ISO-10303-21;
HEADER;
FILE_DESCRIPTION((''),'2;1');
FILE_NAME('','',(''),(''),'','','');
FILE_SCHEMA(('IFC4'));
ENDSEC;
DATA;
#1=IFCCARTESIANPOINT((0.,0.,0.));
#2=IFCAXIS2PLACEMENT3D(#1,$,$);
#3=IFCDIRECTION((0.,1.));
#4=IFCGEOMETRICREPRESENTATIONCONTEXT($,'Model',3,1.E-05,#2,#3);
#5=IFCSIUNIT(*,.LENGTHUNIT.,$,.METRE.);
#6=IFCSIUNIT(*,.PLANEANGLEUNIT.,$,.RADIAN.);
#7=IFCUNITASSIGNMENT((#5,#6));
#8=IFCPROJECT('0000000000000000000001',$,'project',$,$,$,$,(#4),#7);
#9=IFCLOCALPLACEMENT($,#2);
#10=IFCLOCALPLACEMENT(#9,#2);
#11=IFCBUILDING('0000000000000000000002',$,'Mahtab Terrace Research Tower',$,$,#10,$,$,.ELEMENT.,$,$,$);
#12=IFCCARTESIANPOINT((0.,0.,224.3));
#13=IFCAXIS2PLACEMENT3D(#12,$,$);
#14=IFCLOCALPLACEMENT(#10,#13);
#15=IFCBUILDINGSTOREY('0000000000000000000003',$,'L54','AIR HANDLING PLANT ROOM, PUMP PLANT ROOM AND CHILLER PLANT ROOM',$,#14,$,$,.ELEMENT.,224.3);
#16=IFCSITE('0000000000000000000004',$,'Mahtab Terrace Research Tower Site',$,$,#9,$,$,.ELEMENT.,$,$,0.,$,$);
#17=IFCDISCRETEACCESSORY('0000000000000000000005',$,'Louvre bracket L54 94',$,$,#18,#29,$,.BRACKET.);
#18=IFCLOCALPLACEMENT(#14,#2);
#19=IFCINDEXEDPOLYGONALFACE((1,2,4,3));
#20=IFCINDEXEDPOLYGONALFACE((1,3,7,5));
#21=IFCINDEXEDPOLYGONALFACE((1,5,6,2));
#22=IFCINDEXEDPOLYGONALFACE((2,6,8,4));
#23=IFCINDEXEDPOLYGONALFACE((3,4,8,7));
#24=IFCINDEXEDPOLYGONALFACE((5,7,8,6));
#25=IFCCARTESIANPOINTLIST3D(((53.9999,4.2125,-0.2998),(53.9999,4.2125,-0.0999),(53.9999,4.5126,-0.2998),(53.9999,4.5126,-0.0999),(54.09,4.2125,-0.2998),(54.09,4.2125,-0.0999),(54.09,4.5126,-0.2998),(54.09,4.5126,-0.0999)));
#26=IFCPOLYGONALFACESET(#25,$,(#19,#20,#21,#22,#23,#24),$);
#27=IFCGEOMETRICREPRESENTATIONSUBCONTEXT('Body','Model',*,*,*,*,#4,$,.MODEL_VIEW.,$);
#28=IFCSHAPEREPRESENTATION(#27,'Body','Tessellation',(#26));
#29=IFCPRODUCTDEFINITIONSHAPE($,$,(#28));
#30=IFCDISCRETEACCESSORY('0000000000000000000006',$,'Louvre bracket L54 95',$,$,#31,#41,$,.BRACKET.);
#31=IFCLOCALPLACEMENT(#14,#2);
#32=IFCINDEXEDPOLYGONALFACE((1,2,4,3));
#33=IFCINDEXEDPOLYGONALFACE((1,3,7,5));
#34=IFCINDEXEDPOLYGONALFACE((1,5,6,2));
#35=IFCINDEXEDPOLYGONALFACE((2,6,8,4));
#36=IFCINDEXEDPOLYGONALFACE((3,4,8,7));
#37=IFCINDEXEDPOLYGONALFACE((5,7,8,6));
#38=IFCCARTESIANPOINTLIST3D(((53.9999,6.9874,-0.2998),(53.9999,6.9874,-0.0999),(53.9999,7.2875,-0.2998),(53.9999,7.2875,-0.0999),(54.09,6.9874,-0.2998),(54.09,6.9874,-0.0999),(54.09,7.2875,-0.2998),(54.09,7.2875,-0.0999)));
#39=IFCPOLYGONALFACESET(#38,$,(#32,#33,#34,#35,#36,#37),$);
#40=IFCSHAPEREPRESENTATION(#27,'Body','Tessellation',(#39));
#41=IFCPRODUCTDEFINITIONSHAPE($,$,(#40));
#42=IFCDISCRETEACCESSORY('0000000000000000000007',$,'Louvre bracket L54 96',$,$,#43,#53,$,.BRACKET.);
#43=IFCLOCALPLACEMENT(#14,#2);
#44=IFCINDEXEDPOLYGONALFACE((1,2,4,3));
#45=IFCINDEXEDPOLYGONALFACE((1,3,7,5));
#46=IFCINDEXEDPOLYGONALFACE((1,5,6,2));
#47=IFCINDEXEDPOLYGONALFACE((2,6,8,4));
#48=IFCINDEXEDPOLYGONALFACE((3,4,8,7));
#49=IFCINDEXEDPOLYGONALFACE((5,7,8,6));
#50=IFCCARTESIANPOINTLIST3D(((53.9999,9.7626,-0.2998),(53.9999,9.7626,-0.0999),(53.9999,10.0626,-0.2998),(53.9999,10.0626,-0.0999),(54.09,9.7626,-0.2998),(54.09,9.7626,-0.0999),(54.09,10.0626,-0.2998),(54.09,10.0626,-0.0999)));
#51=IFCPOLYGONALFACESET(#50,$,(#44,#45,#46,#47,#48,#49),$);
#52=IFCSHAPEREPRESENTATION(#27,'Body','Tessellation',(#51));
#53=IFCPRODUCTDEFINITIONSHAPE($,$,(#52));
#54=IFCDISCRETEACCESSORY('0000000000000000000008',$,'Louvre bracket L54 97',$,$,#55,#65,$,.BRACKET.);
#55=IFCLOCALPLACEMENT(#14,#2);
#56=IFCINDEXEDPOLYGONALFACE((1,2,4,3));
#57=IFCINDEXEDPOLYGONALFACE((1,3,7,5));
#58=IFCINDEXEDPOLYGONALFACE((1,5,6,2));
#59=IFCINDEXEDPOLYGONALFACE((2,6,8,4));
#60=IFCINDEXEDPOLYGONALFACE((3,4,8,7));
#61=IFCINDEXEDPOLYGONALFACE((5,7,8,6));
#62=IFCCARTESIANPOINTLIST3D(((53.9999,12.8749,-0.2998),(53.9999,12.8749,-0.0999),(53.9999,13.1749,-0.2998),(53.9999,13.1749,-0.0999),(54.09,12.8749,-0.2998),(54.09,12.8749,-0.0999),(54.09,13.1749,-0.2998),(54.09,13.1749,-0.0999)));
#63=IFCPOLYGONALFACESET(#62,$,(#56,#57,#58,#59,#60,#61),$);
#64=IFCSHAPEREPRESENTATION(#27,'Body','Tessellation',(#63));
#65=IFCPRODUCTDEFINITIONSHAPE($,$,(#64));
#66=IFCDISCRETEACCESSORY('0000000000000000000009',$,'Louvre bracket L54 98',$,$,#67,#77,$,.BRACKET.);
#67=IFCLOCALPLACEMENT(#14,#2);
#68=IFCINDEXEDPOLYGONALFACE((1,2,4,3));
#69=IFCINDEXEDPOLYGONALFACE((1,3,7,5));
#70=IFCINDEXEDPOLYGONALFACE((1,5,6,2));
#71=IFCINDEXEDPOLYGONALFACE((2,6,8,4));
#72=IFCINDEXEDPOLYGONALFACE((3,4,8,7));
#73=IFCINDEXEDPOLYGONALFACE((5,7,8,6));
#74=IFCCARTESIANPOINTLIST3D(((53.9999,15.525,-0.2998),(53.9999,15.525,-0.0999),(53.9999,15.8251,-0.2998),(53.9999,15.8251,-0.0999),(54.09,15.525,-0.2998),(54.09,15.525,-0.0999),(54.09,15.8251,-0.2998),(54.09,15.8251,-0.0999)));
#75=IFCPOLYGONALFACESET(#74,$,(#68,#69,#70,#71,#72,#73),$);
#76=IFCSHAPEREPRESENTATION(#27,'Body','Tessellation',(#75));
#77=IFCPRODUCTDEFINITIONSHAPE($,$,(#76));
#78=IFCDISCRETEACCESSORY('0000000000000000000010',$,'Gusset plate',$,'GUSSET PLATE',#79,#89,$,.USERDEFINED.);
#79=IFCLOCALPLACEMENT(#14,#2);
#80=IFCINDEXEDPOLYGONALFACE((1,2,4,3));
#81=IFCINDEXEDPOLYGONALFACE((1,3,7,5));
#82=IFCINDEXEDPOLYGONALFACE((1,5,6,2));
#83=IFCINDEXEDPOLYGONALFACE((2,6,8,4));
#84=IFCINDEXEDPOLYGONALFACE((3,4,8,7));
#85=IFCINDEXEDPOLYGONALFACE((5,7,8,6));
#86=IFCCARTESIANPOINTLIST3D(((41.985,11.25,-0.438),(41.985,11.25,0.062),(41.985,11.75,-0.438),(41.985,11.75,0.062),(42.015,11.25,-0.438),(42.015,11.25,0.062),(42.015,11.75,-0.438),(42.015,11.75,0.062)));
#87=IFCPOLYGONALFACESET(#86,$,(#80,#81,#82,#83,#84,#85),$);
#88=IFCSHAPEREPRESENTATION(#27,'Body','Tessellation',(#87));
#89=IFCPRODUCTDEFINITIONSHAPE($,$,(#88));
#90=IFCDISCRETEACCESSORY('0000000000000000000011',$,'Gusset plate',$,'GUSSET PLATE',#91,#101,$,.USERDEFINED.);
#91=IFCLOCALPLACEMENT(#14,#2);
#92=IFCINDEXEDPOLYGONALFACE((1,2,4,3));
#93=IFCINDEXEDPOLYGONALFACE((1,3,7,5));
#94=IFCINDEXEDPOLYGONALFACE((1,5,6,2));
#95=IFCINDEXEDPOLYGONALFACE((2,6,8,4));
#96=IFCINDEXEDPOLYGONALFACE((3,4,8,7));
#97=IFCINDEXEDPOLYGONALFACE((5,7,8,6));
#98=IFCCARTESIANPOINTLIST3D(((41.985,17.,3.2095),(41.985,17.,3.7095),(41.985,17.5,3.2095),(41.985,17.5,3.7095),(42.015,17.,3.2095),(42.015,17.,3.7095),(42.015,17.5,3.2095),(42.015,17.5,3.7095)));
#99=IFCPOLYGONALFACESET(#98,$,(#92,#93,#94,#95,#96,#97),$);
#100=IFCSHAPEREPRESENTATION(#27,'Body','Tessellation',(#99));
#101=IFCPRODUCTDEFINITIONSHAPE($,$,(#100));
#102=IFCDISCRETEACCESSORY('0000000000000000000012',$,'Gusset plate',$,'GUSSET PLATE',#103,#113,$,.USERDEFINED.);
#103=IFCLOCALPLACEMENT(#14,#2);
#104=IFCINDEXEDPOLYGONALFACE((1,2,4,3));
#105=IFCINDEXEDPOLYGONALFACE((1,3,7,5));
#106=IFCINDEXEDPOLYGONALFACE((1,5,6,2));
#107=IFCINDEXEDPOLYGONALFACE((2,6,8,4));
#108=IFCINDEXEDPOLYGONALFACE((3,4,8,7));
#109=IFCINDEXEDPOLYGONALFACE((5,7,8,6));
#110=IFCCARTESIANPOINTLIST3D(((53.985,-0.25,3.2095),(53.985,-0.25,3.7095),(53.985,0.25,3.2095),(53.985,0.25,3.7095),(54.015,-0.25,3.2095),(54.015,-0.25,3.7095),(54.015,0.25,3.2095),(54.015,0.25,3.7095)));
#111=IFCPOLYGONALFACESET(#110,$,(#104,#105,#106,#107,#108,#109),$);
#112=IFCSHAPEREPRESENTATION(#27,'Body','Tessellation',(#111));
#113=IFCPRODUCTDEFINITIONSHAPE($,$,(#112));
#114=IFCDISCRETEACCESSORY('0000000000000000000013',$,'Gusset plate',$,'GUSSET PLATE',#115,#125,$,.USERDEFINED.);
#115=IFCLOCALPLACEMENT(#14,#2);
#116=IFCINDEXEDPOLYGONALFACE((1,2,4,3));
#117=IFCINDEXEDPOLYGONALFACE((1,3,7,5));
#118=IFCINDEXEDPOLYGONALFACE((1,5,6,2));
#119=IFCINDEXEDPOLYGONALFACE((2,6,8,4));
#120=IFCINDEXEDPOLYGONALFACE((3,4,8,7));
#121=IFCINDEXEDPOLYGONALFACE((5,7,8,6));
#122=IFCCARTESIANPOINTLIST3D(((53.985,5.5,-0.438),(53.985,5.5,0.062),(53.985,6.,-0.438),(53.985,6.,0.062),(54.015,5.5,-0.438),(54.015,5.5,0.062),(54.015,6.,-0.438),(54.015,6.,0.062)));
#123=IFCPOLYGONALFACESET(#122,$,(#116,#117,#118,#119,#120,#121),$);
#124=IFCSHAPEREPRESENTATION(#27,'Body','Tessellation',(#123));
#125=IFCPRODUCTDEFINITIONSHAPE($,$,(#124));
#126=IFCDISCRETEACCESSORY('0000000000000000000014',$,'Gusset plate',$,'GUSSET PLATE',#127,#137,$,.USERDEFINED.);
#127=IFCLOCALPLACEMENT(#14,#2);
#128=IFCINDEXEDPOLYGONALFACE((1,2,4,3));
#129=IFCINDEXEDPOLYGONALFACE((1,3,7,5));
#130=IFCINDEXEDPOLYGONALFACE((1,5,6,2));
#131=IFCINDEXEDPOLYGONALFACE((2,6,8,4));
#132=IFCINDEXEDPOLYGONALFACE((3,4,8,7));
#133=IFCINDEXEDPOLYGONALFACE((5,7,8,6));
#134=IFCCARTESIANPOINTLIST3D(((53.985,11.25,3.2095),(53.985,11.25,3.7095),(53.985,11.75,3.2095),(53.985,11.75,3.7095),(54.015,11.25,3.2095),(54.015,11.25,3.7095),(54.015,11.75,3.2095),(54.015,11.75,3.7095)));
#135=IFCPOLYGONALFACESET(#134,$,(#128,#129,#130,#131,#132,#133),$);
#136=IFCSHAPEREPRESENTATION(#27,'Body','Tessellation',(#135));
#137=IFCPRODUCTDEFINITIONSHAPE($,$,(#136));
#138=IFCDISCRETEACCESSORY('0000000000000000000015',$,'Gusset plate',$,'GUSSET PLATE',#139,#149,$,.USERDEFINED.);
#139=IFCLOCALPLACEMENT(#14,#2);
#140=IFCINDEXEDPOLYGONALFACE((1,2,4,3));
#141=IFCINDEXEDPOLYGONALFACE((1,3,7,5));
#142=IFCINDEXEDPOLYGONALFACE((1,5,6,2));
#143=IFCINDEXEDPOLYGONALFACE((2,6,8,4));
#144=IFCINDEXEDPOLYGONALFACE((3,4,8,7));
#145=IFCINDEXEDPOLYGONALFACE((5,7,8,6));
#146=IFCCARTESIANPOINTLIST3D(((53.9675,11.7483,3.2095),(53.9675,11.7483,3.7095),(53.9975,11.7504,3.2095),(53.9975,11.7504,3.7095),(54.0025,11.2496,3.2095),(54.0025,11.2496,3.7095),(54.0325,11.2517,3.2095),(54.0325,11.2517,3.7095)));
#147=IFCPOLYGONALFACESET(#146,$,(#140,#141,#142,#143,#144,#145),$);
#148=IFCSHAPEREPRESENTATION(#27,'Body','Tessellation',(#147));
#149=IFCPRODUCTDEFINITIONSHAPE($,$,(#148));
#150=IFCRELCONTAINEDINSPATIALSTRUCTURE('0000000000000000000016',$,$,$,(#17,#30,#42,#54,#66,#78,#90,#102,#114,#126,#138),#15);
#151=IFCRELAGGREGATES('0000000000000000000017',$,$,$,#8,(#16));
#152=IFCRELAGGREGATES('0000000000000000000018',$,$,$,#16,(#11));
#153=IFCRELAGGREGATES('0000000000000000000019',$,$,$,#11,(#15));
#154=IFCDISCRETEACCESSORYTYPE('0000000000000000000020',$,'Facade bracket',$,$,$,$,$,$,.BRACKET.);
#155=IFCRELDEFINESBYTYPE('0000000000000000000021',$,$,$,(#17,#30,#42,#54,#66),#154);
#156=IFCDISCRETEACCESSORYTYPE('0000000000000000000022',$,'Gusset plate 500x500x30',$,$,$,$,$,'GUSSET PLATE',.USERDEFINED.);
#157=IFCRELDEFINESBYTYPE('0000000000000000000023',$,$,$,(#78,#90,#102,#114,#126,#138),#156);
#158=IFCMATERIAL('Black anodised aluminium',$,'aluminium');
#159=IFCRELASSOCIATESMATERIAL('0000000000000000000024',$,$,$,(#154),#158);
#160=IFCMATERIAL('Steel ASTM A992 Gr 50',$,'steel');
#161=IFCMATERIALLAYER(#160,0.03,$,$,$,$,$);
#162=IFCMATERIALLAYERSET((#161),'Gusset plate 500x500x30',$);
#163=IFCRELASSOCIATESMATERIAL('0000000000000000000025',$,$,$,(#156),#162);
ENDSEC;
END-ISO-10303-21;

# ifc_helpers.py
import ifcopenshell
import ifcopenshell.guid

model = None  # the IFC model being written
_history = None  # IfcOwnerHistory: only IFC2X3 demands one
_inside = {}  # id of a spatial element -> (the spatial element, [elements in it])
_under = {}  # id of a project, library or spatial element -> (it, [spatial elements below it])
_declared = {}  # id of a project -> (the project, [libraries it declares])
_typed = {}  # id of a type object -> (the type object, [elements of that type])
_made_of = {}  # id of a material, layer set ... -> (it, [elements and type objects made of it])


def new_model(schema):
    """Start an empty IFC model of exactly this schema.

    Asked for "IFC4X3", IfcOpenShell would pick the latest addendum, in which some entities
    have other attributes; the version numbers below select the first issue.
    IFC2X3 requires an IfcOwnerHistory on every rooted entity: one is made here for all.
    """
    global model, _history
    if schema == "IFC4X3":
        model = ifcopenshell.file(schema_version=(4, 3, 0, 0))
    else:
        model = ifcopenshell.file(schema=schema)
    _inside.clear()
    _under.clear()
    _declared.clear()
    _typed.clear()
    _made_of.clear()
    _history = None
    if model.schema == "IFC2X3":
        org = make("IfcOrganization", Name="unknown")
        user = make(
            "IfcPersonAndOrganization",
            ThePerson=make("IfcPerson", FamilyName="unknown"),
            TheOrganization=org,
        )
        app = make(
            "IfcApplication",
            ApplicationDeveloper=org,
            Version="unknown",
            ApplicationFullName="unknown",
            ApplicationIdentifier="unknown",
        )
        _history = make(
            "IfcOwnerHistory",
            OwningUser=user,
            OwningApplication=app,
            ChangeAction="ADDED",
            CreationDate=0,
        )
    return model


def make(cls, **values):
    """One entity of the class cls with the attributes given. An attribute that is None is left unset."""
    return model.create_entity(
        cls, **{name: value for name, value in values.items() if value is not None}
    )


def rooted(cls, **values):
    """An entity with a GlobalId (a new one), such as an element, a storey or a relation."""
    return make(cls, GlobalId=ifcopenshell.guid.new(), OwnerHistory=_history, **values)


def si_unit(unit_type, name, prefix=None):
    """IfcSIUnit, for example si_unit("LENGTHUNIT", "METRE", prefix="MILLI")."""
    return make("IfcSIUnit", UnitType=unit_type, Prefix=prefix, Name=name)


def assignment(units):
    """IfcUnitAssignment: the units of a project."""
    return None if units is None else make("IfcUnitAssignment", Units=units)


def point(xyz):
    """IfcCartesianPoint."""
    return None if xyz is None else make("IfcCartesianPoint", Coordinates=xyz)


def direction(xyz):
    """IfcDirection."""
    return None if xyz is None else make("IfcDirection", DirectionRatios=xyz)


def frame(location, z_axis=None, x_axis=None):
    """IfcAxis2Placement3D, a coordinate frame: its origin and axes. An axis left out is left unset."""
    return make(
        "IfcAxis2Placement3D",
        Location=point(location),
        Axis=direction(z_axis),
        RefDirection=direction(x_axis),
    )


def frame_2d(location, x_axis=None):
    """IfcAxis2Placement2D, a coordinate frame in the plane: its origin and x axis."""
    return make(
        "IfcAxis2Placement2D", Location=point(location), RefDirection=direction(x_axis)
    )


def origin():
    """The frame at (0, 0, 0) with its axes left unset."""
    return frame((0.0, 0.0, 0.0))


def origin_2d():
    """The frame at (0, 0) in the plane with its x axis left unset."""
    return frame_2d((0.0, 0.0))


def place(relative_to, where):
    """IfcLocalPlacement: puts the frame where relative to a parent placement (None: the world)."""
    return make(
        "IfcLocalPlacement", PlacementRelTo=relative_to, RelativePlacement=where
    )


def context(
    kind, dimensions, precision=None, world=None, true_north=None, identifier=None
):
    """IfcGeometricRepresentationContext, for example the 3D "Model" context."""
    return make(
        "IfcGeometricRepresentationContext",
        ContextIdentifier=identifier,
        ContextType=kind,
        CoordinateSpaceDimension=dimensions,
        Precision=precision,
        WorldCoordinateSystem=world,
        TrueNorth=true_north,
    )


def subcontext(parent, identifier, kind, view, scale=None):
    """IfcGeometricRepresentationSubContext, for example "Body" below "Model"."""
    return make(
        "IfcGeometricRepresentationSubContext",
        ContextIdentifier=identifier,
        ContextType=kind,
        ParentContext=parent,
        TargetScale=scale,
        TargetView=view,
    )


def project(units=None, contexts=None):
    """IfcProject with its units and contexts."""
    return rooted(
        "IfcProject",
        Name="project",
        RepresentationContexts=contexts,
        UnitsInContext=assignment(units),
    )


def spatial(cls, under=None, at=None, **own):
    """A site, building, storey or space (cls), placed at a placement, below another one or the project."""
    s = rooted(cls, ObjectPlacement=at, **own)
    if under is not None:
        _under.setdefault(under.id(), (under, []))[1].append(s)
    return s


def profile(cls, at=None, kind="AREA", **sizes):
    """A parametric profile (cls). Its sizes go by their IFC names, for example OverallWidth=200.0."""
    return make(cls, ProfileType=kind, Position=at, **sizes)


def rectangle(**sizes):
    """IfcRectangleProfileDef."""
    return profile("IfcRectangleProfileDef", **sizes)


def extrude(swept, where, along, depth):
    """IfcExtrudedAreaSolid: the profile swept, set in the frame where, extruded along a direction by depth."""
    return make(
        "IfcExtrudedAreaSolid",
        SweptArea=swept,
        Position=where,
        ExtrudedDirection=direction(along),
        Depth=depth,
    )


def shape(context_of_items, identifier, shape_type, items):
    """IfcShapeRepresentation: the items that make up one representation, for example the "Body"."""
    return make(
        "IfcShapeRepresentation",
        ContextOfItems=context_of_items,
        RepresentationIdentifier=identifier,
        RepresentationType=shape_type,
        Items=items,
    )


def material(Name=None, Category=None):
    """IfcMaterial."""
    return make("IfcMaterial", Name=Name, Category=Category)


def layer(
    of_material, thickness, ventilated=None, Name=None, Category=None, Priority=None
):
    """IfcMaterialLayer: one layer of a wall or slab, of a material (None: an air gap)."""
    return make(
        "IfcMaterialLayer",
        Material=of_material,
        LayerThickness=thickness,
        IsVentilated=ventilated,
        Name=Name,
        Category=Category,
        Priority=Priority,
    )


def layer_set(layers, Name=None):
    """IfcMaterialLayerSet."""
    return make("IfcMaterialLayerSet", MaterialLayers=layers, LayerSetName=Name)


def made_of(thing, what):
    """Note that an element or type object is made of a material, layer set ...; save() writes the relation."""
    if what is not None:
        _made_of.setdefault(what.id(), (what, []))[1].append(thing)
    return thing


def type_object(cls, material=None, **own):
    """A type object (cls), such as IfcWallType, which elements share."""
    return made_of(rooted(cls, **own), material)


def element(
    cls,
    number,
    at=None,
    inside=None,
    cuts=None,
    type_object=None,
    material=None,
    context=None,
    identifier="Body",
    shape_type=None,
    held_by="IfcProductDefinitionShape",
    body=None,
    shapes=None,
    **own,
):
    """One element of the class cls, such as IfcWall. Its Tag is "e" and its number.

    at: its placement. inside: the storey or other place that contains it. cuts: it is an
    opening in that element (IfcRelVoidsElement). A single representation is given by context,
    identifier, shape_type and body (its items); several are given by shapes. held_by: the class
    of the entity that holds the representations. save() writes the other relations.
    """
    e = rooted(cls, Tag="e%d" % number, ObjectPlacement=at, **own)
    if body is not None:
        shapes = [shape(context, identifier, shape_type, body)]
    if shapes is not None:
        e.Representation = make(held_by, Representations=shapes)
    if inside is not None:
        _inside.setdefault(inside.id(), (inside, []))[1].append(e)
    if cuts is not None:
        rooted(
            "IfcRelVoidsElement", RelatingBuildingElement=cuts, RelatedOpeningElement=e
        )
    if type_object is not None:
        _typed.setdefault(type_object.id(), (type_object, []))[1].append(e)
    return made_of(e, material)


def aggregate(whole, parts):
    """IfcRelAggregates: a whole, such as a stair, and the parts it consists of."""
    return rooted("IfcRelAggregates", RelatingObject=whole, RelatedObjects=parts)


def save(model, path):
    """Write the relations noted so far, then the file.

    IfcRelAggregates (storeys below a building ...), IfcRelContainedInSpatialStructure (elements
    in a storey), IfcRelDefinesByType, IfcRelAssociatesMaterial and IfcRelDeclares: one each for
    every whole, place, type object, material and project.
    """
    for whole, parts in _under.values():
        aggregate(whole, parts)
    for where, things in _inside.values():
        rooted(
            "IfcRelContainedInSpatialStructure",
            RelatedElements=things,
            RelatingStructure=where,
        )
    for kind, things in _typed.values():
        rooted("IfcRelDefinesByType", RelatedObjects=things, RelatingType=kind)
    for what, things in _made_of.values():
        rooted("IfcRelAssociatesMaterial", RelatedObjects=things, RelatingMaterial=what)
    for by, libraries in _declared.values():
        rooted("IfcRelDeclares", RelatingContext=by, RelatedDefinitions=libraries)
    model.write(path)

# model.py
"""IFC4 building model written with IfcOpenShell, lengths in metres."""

from ifc_helpers import new_model, si_unit, direction, frame, origin, origin_2d, place, context, subcontext, project, spatial, rectangle, extrude, material, layer, layer_set, type_object, element, save


model = new_model("IFC4")

# Units and contexts
model_context = context("Model", 3, precision=1e-05, world=origin(), true_north=direction((0.0, 1.0)))
body_context = subcontext(model_context, "Body", "Model", "MODEL_VIEW")
ifc_project = project(units=[si_unit("LENGTHUNIT", "METRE"), si_unit("PLANEANGLEUNIT", "RADIAN")], contexts=[model_context])

# Site, building, storey
site_placement = place(None, origin())
site = spatial("IfcSite", under=ifc_project, at=site_placement, Name="Mahtab Terrace Research Tower Site", CompositionType="ELEMENT", RefElevation=0.0)
building_placement = place(site_placement, origin())
building = spatial("IfcBuilding", under=site, at=building_placement, Name="Mahtab Terrace Research Tower", CompositionType="ELEMENT")
storey_placement = place(building_placement, frame((0.0, 0.0, 224.3)))
storey = spatial("IfcBuildingStorey", under=building, at=storey_placement, Name="L54", Description="AIR HANDLING PLANT ROOM, PUMP PLANT ROOM AND CHILLER PLANT ROOM", CompositionType="ELEMENT", Elevation=224.3)

# Shared definitions
ifc_material_1 = material(Name="Steel ASTM A992 Gr 50", Category="steel")

# Discrete accessories
ifc_material_2 = material(Name="Black anodised aluminium", Category="aluminium")
discrete_accessory_type_1 = type_object("IfcDiscreteAccessoryType", Name="Facade bracket", PredefinedType="BRACKET", material=ifc_material_2)
for number, where, z_axis, x_axis, name in (
    (1, (54.0449, 4.3625, -0.2998), (0.0, 0.0, 1.0), (0.0, 1.0, 0.0), "Louvre bracket L54 94"),
    (2, (54.0449, 7.1375, -0.2998), (0.0, 0.0, 1.0), (0.0, 1.0, 0.0), "Louvre bracket L54 95"),
    (3, (54.0449, 9.9126, -0.2998), (0.0, 0.0, 1.0), (0.0, 1.0, 0.0), "Louvre bracket L54 96"),
    (4, (54.0449, 13.0249, -0.2998), (0.0, 0.0, 1.0), (0.0, 1.0, 0.0), "Louvre bracket L54 97"),
    (5, (54.0449, 15.675, -0.2998), (0.0, 0.0, 1.0), (0.0, 1.0, 0.0), "Louvre bracket L54 98"),
):
    element("IfcDiscreteAccessory", number, at=place(storey_placement, frame(where, z_axis=z_axis, x_axis=x_axis)), inside=storey, type_object=discrete_accessory_type_1, Name=name, PredefinedType="BRACKET", context=body_context, shape_type="SweptSolid", body=[
        extrude(rectangle(XDim=0.3, YDim=0.0901, at=origin_2d()), origin(), (0.0, 0.0, 1.0), 0.2),
    ])
ifc_layer_1 = layer(ifc_material_1, 0.03)
ifc_layer_set_1 = layer_set([ifc_layer_1], Name="Gusset plate 500x500x30")
discrete_accessory_type_2 = type_object("IfcDiscreteAccessoryType", Name="Gusset plate 500x500x30", ElementType="GUSSET PLATE", PredefinedType="USERDEFINED", material=ifc_layer_set_1)
for number, where, z_axis, x_axis, name in (
    (6, (42.0, 11.5, -0.438), (0.0, 0.0, 1.0), (0.0, 1.0, 0.0), "Gusset plate"),
    (7, (42.0, 17.25, 3.2095), (0.0, 0.0, 1.0), (0.0, 1.0, 0.0), "Gusset plate"),
    (8, (54.0, 0.0, 3.2095), (0.0, 0.0, 1.0), (0.0, 1.0, 0.0), "Gusset plate"),
    (9, (54.0, 5.75, -0.438), (0.0, 0.0, 1.0), (0.0, 1.0, 0.0), "Gusset plate"),
    (10, (54.0, 11.5, 3.2095), (0.0, 0.0, 1.0), (0.0, 1.0, 0.0), "Gusset plate"),
    (11, (54.0, 11.5, 3.2095), (0.0, 0.0, 1.0), (-0.070052, 0.997543, 0.0), "Gusset plate"),
):
    element("IfcDiscreteAccessory", number, at=place(storey_placement, frame(where, z_axis=z_axis, x_axis=x_axis)), inside=storey, type_object=discrete_accessory_type_2, Name=name, ObjectType="GUSSET PLATE", PredefinedType="USERDEFINED", context=body_context, shape_type="SweptSolid", body=[
        extrude(rectangle(XDim=0.5, YDim=0.03, at=origin_2d()), origin(), (0.0, 0.0, 1.0), 0.5),
    ])

save(model, "model.ifc")
